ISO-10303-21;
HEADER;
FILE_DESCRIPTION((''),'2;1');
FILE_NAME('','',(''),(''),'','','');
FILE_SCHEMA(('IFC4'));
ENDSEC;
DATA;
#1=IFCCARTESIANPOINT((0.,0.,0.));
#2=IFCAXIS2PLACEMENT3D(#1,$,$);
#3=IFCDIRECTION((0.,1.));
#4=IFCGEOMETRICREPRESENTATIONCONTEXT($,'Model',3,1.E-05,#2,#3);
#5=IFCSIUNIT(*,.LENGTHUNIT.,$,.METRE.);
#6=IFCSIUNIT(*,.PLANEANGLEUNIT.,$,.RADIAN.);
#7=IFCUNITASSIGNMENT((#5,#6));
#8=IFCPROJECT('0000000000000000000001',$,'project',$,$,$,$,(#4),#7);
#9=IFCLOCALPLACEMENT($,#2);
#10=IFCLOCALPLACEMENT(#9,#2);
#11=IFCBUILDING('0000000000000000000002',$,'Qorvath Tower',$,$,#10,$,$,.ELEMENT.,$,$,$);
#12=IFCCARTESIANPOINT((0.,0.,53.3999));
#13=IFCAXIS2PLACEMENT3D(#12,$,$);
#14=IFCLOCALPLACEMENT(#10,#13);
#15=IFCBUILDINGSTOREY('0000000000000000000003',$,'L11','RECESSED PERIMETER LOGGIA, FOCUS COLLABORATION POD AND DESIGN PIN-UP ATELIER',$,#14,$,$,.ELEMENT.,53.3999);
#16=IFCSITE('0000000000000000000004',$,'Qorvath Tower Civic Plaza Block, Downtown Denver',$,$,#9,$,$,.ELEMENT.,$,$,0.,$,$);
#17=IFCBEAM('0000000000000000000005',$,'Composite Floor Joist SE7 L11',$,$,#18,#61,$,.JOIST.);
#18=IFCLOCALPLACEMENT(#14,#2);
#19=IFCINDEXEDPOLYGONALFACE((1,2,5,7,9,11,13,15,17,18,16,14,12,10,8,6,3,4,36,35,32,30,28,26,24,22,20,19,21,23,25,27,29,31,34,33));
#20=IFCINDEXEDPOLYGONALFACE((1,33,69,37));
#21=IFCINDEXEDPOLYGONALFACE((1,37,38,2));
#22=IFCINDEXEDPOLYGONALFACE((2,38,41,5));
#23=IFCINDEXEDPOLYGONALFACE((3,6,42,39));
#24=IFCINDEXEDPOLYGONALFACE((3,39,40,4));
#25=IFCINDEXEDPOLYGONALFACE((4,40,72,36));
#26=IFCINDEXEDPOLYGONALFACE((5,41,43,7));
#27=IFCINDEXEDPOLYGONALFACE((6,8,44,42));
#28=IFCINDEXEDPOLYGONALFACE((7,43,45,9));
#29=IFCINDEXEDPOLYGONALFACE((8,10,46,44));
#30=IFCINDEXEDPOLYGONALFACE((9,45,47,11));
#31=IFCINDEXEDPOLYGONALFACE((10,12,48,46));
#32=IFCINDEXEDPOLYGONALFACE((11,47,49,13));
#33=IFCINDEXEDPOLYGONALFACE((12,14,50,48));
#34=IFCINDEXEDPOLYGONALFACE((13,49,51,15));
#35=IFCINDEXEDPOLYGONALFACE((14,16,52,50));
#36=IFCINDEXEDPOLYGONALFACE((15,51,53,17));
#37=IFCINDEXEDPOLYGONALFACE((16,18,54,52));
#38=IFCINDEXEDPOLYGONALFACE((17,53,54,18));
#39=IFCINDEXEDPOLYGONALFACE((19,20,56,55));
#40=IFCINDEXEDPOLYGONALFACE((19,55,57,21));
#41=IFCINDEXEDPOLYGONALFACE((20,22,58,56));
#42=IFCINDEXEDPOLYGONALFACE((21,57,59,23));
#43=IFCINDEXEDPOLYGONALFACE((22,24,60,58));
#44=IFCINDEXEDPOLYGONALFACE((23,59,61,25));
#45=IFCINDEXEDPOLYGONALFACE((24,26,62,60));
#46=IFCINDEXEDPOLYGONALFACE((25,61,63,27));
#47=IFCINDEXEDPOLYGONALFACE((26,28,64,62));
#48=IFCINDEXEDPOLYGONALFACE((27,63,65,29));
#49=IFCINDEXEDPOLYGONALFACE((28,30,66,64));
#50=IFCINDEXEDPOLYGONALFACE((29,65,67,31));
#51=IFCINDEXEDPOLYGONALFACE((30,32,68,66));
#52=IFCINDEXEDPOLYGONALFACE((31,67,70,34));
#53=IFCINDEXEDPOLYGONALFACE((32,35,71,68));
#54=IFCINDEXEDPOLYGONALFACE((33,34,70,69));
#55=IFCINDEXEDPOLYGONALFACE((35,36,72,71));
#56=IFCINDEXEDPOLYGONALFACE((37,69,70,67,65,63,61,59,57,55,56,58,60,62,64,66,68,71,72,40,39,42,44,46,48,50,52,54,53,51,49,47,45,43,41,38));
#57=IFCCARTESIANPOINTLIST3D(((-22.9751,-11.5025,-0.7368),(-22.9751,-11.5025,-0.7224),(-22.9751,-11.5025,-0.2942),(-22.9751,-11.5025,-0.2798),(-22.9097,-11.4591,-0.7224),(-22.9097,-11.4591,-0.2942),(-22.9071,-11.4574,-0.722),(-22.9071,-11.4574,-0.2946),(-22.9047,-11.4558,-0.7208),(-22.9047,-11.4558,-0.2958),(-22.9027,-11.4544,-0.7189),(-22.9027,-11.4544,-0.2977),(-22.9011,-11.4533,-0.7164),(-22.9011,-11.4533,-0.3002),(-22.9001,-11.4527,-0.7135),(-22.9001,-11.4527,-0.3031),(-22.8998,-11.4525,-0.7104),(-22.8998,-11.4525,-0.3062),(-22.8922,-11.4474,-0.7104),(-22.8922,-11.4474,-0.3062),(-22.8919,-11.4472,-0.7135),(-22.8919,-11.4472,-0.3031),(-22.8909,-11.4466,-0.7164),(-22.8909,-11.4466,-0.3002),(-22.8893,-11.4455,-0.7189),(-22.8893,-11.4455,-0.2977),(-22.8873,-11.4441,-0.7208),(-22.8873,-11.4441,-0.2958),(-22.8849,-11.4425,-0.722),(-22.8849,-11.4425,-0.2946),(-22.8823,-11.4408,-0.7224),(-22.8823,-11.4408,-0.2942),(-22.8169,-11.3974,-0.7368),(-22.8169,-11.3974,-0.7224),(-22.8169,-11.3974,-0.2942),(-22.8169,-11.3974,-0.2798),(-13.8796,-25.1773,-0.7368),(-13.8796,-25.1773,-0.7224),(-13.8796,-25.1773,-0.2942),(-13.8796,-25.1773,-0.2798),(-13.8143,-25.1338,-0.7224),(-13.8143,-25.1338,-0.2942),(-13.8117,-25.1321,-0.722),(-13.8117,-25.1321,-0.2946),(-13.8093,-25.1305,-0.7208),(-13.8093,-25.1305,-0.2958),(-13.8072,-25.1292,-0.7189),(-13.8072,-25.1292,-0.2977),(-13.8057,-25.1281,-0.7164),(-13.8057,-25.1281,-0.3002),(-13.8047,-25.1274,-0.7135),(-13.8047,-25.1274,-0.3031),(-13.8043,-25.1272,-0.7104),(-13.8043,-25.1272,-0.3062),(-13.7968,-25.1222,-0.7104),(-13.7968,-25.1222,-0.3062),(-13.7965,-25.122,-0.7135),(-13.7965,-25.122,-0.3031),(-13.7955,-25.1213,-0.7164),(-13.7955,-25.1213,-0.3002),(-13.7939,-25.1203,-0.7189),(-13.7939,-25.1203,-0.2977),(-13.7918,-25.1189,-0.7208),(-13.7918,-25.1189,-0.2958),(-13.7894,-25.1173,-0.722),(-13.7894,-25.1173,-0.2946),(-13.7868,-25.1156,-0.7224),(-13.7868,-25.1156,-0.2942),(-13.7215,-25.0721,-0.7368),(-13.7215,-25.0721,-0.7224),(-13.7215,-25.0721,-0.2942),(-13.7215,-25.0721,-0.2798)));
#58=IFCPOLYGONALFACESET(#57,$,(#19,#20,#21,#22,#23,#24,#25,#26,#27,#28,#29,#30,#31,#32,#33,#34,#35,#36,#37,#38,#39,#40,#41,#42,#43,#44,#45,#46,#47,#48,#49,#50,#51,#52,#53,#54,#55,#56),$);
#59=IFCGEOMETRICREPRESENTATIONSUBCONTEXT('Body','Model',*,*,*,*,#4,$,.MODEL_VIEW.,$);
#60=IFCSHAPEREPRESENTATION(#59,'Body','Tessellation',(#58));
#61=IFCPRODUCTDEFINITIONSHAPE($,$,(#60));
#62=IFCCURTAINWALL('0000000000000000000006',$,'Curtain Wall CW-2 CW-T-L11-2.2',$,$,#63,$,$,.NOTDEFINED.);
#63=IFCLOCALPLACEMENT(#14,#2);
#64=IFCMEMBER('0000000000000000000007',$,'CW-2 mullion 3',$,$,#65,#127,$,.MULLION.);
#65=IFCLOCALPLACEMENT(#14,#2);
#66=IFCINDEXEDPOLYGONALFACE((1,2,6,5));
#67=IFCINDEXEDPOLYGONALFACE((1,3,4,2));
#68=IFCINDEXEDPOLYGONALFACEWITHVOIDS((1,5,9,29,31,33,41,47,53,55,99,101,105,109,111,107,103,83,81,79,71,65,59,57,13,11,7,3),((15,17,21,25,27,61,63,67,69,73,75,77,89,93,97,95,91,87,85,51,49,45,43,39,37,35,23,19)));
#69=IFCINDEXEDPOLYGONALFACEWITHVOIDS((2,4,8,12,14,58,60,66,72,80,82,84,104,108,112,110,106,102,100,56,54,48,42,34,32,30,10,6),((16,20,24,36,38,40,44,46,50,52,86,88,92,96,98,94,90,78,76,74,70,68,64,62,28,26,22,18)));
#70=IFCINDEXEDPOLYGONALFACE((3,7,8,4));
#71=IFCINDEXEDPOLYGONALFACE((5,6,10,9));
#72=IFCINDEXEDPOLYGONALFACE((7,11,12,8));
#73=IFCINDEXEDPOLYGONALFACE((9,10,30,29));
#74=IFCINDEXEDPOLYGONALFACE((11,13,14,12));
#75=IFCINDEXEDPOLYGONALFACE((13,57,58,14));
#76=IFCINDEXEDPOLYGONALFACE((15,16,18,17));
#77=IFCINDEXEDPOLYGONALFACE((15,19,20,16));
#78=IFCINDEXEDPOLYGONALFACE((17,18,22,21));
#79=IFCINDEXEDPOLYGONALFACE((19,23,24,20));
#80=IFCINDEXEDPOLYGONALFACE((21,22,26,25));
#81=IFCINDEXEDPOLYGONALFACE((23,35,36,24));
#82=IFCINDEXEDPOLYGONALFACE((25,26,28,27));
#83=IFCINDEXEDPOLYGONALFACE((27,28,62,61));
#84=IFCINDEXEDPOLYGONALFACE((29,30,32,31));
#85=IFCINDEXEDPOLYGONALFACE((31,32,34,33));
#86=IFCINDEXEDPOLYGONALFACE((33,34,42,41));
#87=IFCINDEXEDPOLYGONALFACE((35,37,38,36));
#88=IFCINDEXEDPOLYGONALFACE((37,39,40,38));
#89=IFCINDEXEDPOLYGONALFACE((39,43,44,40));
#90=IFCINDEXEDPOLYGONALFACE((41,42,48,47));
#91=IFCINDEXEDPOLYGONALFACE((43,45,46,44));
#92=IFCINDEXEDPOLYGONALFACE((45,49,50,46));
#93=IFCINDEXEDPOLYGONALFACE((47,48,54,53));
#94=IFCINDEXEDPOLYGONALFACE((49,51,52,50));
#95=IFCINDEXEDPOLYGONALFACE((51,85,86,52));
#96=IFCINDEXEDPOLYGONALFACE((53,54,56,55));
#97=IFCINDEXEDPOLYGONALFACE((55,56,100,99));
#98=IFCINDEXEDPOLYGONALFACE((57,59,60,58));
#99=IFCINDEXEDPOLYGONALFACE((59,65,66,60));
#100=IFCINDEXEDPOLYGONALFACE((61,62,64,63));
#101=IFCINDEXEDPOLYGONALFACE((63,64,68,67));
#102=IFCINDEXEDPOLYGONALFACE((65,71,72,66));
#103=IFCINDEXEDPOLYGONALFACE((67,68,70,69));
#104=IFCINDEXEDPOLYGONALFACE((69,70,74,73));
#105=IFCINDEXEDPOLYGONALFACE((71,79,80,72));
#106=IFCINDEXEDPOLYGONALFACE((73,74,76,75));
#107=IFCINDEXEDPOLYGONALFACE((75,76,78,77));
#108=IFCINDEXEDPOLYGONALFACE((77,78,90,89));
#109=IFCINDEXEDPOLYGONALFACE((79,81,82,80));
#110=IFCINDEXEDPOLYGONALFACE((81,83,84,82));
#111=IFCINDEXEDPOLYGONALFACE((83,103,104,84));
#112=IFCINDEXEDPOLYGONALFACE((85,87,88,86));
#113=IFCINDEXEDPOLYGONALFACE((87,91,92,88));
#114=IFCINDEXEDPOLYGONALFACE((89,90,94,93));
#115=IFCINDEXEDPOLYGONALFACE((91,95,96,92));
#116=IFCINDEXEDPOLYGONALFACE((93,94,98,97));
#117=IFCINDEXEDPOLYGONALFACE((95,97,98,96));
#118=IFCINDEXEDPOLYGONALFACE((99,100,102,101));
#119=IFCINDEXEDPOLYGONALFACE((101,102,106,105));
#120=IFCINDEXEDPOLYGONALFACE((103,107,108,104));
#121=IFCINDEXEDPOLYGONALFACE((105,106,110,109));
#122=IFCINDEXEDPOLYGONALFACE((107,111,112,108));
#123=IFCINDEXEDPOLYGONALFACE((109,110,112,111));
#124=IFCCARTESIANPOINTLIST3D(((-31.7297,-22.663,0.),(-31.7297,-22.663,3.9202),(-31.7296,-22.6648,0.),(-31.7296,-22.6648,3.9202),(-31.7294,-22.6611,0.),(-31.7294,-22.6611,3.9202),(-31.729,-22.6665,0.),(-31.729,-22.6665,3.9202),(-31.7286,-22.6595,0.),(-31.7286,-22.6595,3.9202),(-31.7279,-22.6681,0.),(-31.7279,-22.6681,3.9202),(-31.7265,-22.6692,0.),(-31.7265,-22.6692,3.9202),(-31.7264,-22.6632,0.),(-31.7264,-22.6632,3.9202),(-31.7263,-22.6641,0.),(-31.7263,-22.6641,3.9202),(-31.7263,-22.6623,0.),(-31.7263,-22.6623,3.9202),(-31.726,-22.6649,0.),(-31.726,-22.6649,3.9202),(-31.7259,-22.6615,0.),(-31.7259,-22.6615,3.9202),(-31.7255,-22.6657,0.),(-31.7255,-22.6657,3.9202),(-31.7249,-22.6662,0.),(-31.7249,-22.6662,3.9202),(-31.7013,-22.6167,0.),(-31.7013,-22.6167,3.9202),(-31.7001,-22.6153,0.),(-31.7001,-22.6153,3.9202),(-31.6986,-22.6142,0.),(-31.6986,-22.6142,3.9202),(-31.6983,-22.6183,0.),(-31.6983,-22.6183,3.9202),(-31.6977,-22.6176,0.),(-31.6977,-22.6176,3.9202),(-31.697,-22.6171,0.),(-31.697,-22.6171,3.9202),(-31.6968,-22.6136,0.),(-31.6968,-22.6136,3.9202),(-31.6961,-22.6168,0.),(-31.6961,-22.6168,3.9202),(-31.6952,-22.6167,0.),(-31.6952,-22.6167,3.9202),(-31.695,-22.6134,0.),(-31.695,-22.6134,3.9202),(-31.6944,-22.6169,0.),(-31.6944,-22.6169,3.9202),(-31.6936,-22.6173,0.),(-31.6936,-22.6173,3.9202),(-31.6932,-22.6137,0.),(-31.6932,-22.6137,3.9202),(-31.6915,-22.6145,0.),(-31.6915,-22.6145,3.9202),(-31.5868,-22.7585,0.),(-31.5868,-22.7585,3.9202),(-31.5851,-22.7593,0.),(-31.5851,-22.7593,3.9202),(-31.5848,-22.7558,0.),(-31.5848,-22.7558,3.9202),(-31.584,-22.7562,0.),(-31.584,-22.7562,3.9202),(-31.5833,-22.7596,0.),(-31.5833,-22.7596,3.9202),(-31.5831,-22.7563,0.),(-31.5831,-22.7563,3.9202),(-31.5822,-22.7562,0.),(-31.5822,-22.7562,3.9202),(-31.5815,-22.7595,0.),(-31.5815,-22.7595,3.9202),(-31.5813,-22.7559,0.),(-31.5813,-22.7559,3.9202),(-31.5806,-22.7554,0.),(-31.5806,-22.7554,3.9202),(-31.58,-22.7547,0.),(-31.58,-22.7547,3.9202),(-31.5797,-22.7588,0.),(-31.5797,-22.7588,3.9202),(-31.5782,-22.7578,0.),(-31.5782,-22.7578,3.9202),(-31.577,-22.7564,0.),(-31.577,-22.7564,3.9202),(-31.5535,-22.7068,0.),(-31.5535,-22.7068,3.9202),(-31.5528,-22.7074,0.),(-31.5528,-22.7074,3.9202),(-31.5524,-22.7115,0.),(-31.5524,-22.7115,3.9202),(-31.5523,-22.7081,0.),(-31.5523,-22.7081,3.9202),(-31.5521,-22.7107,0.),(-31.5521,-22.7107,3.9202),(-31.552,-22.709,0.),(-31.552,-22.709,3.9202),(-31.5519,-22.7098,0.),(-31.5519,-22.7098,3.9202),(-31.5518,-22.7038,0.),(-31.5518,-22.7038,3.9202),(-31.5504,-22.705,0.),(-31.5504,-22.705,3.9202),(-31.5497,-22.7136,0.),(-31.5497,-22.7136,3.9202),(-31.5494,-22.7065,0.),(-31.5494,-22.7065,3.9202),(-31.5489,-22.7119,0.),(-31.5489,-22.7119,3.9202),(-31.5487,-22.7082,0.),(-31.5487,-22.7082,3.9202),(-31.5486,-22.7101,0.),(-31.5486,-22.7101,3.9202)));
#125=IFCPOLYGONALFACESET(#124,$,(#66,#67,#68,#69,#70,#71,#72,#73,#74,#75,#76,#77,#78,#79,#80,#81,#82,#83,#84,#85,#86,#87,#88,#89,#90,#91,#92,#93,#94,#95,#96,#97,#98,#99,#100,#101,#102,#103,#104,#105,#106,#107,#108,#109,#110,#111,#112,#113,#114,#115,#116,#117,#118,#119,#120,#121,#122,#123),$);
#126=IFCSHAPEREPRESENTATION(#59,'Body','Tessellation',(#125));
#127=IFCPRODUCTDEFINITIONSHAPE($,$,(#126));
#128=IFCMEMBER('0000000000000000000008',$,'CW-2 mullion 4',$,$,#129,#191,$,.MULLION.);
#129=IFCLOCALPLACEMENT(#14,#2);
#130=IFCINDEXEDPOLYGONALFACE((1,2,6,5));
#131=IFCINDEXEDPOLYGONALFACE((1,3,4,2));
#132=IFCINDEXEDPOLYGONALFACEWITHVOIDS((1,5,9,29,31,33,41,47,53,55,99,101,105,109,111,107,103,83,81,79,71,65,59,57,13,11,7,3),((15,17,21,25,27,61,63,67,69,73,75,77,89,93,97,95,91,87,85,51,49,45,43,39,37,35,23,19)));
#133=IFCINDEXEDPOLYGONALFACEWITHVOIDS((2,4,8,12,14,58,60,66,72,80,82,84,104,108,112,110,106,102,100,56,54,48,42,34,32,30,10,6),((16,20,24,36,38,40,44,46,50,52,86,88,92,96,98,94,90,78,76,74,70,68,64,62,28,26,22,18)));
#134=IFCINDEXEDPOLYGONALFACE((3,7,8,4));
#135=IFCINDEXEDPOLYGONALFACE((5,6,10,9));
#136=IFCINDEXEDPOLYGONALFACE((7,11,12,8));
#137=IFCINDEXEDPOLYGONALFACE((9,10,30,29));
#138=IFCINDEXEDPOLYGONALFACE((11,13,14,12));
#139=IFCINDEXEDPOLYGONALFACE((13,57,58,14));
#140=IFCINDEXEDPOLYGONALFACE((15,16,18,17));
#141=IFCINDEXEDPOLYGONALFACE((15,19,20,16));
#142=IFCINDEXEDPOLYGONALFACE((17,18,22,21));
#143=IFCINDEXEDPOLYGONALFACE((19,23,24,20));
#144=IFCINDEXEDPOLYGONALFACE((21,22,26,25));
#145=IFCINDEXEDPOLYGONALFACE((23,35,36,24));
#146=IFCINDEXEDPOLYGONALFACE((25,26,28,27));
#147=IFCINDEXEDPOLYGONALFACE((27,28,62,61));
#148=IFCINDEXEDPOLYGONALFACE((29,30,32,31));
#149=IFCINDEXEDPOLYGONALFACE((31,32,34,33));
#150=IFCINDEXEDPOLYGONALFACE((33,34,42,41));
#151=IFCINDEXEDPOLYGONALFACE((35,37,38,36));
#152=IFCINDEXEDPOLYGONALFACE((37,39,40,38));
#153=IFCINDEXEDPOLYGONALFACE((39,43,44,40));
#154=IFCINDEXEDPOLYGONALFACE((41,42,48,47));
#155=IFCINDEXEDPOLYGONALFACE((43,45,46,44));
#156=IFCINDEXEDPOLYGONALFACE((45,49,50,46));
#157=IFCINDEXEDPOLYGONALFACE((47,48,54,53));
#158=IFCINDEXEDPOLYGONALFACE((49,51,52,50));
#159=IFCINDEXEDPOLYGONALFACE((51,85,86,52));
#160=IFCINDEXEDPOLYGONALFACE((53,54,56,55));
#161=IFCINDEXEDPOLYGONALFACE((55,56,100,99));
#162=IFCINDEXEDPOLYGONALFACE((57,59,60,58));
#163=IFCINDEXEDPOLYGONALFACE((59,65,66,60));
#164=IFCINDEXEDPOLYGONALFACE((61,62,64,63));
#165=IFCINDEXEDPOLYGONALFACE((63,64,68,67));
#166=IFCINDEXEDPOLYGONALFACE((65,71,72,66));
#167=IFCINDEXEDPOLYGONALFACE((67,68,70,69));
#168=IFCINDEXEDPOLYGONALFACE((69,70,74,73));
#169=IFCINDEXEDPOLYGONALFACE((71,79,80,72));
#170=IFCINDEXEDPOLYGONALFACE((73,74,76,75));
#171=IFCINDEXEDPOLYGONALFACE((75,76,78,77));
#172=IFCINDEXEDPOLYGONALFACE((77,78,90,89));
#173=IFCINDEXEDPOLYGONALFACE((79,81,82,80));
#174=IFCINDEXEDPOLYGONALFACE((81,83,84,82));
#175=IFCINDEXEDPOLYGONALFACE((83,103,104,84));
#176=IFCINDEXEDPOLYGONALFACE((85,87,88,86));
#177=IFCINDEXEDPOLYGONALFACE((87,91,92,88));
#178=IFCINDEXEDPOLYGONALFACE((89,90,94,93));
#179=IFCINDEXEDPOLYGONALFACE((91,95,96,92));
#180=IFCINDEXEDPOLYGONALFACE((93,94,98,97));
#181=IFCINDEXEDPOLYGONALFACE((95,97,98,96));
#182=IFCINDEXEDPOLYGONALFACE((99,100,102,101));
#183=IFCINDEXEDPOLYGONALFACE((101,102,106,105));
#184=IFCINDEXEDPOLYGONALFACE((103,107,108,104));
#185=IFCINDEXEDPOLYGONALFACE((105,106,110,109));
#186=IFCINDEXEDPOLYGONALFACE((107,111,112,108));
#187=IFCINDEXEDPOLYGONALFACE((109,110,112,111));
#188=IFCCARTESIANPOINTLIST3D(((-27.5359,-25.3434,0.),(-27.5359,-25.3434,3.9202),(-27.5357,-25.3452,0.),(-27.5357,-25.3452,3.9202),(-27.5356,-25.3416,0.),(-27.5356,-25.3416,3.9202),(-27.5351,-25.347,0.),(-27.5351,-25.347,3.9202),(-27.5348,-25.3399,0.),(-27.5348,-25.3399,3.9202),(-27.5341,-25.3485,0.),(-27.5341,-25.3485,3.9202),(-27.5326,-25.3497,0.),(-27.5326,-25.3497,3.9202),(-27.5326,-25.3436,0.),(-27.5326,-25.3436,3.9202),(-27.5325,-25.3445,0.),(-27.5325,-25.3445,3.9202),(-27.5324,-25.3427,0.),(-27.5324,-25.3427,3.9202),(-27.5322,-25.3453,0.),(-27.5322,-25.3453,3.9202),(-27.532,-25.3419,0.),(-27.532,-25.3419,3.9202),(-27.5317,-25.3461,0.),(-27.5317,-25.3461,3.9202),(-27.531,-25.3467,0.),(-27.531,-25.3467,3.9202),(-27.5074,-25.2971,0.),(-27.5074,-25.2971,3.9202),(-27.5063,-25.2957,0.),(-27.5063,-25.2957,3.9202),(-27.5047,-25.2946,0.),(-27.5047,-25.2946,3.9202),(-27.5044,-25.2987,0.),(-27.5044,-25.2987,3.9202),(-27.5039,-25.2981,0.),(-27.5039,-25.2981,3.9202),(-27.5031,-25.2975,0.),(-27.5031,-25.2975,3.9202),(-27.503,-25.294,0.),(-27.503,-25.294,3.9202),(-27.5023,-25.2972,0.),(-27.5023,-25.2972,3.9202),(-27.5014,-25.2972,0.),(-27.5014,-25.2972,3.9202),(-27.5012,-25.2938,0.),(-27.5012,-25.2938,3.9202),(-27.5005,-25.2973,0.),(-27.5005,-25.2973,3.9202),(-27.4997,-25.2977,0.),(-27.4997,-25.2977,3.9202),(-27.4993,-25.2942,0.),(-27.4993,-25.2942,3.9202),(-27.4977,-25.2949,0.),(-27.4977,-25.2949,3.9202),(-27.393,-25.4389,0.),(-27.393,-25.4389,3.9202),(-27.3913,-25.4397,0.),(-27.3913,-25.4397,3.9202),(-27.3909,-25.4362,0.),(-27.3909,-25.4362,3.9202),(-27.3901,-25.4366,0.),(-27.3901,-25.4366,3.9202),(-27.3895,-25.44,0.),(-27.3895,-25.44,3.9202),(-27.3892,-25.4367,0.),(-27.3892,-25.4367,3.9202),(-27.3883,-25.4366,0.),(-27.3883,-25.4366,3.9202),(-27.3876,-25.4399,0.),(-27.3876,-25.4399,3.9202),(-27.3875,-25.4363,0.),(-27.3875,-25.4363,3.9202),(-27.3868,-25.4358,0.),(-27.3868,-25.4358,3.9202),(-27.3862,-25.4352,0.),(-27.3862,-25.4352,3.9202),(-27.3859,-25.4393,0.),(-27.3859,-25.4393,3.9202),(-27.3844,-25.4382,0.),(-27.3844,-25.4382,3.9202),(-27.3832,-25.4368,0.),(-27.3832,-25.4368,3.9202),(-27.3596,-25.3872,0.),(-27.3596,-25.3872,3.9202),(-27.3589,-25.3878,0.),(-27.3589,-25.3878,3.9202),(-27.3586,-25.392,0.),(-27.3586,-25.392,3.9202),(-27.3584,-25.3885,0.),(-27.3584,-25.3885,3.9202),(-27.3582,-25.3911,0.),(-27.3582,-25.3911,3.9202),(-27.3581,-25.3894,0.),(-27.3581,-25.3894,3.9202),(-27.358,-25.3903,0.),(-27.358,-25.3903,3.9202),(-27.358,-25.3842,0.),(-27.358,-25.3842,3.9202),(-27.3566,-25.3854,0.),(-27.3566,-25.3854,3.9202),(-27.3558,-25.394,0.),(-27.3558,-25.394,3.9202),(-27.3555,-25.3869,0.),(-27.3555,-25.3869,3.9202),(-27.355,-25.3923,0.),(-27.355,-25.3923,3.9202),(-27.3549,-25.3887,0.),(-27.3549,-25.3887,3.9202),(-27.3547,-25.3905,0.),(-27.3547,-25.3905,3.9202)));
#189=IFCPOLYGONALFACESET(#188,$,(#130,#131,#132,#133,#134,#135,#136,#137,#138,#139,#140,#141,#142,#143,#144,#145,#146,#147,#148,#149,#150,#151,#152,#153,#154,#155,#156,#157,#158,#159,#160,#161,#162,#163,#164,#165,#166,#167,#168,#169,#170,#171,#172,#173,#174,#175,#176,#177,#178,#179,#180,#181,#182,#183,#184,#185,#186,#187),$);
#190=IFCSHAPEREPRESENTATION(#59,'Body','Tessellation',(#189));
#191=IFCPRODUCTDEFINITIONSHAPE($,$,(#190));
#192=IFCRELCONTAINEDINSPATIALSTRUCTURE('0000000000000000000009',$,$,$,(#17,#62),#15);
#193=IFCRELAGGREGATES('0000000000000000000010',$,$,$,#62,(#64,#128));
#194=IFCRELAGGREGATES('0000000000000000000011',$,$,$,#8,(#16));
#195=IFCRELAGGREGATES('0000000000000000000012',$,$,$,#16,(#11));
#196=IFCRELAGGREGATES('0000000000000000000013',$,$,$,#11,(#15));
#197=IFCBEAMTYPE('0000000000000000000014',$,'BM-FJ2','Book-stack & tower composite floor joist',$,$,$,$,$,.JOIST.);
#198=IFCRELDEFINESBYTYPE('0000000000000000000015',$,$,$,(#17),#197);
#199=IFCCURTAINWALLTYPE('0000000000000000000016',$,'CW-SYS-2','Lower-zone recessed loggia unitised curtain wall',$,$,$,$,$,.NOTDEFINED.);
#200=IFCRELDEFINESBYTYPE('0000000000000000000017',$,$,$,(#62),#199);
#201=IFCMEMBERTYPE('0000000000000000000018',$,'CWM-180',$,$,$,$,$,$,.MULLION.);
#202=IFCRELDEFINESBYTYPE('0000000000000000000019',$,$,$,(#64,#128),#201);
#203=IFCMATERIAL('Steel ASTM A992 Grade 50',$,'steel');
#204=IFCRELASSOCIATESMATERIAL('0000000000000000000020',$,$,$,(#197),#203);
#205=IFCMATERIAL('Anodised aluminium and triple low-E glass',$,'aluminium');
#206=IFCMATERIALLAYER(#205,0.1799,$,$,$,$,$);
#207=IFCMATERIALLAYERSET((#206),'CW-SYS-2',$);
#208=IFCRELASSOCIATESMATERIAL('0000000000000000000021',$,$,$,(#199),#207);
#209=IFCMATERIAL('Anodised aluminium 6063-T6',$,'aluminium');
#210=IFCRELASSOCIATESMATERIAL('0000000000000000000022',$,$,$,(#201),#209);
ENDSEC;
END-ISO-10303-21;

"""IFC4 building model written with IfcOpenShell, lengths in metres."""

from ifc_helpers import new_model, si_unit, direction, frame, origin, origin_2d, place, context, subcontext, project, spatial, hollow_rectangle, i_section, extrude, material, layer, layer_set, material_profile, profile_set, type_object, element, aggregate, save


model = new_model("IFC4")

# Units and contexts
model_context = context("Model", 3, precision=1e-05, world=origin(), true_north=direction((0.0, 1.0)))
body_context = subcontext(model_context, "Body", "Model", "MODEL_VIEW")
ifc_project = project(units=[si_unit("LENGTHUNIT", "METRE"), si_unit("PLANEANGLEUNIT", "RADIAN")], contexts=[model_context])

# Site, building, storey
site_placement = place(None, origin())
site = spatial("IfcSite", under=ifc_project, at=site_placement, Name="Qorvath Tower Civic Plaza Block, Downtown Denver", CompositionType="ELEMENT", RefElevation=0.0)
building_placement = place(site_placement, origin())
building = spatial("IfcBuilding", under=site, at=building_placement, Name="Qorvath Tower", CompositionType="ELEMENT")
storey_placement = place(building_placement, frame((0.0, 0.0, 53.3999)))
storey = spatial("IfcBuildingStorey", under=building, at=storey_placement, Name="L11", Description="RECESSED PERIMETER LOGGIA, FOCUS COLLABORATION POD AND DESIGN PIN-UP ATELIER", CompositionType="ELEMENT", Elevation=53.3999)

# Beam
ifc_material_1 = material(Name="Steel ASTM A992 Grade 50", Category="steel")
ifc_material_profile_1 = material_profile(ifc_material_1, i_section(OverallWidth=0.1899, OverallDepth=0.457, WebThickness=0.009, FlangeThickness=0.0144, FilletRadius=0.012, at=origin_2d()), Name="W18x50")
ifc_profile_set_1 = profile_set([ifc_material_profile_1], Name="Steel ASTM A992 Grade 50")
beam_type_1 = type_object("IfcBeamType", Name="BM-FJ2", Description="Book-stack & tower composite floor joist", PredefinedType="JOIST", material=ifc_profile_set_1)
beam_1_placement = place(storey_placement, frame((-22.896, -11.45, -0.5083), z_axis=(0.553811, -0.832642, 0.0), x_axis=(0.832642, 0.553811, 0.0)))
element("IfcBeam", 1, at=beam_1_placement, inside=storey, type_object=beam_type_1, Name="Composite Floor Joist SE7 L11", PredefinedType="JOIST", context=body_context, shape_type="SweptSolid", body=[
    extrude(i_section(OverallWidth=0.1899, OverallDepth=0.457, WebThickness=0.009, FlangeThickness=0.0144, FilletRadius=0.012, at=origin_2d()), origin(), (0.0, 0.0, 1.0), 16.4233),
])

# Curtain wall, members
ifc_material_2 = material(Name="Anodised aluminium and triple low-E glass", Category="aluminium")
ifc_layer_1 = layer(ifc_material_2, 0.1799)
ifc_layer_set_1 = layer_set([ifc_layer_1], Name="CW-SYS-2")
curtain_wall_type = type_object("IfcCurtainWallType", Name="CW-SYS-2", Description="Lower-zone recessed loggia unitised curtain wall", PredefinedType="NOTDEFINED", material=ifc_layer_set_1)
curtain_wall_placement = place(storey_placement, origin())
curtain_wall = element("IfcCurtainWall", 2, at=curtain_wall_placement, inside=storey, type_object=curtain_wall_type, Name="Curtain Wall CW-2 CW-T-L11-2.2", PredefinedType="NOTDEFINED")
ifc_material_3 = material(Name="Anodised aluminium 6063-T6", Category="aluminium")
ifc_material_profile_2 = material_profile(ifc_material_3, hollow_rectangle(XDim=0.0649, YDim=0.1799, WallThickness=0.0034, InnerFilletRadius=0.0034, OuterFilletRadius=0.0071, at=origin_2d()), Name="CWM 180x65")
ifc_profile_set_2 = profile_set([ifc_material_profile_2], Name="Anodised aluminium 6063-T6")
member_type_1 = type_object("IfcMemberType", Name="CWM-180", PredefinedType="MULLION", material=ifc_profile_set_2)
member_1_placement = place(storey_placement, frame((-31.6392, -22.6865, 0.0), z_axis=(0.0, 0.0, 1.0), x_axis=(0.538537, 0.842602, 0.0)))
member_1 = element("IfcMember", 3, at=member_1_placement, type_object=member_type_1, Name="CW-2 mullion 3", PredefinedType="MULLION", context=body_context, shape_type="SweptSolid", body=[
    extrude(hollow_rectangle(XDim=0.0649, YDim=0.1799, WallThickness=0.0034, InnerFilletRadius=0.0034, OuterFilletRadius=0.0071, at=origin_2d()), origin(), (0.0, 0.0, 1.0), 3.9202),
])
member_2_placement = place(storey_placement, frame((-27.4453, -25.3669, 0.0), z_axis=(0.0, 0.0, 1.0), x_axis=(0.538537, 0.842602, 0.0)))
member_2 = element("IfcMember", 4, at=member_2_placement, type_object=member_type_1, Name="CW-2 mullion 4", PredefinedType="MULLION", context=body_context, shape_type="SweptSolid", body=[
    extrude(hollow_rectangle(XDim=0.0649, YDim=0.1799, WallThickness=0.0034, InnerFilletRadius=0.0034, OuterFilletRadius=0.0071, at=origin_2d()), origin(), (0.0, 0.0, 1.0), 3.9202),
])
aggregate(curtain_wall, [member_1, member_2])

save(model, "model.ifc")
